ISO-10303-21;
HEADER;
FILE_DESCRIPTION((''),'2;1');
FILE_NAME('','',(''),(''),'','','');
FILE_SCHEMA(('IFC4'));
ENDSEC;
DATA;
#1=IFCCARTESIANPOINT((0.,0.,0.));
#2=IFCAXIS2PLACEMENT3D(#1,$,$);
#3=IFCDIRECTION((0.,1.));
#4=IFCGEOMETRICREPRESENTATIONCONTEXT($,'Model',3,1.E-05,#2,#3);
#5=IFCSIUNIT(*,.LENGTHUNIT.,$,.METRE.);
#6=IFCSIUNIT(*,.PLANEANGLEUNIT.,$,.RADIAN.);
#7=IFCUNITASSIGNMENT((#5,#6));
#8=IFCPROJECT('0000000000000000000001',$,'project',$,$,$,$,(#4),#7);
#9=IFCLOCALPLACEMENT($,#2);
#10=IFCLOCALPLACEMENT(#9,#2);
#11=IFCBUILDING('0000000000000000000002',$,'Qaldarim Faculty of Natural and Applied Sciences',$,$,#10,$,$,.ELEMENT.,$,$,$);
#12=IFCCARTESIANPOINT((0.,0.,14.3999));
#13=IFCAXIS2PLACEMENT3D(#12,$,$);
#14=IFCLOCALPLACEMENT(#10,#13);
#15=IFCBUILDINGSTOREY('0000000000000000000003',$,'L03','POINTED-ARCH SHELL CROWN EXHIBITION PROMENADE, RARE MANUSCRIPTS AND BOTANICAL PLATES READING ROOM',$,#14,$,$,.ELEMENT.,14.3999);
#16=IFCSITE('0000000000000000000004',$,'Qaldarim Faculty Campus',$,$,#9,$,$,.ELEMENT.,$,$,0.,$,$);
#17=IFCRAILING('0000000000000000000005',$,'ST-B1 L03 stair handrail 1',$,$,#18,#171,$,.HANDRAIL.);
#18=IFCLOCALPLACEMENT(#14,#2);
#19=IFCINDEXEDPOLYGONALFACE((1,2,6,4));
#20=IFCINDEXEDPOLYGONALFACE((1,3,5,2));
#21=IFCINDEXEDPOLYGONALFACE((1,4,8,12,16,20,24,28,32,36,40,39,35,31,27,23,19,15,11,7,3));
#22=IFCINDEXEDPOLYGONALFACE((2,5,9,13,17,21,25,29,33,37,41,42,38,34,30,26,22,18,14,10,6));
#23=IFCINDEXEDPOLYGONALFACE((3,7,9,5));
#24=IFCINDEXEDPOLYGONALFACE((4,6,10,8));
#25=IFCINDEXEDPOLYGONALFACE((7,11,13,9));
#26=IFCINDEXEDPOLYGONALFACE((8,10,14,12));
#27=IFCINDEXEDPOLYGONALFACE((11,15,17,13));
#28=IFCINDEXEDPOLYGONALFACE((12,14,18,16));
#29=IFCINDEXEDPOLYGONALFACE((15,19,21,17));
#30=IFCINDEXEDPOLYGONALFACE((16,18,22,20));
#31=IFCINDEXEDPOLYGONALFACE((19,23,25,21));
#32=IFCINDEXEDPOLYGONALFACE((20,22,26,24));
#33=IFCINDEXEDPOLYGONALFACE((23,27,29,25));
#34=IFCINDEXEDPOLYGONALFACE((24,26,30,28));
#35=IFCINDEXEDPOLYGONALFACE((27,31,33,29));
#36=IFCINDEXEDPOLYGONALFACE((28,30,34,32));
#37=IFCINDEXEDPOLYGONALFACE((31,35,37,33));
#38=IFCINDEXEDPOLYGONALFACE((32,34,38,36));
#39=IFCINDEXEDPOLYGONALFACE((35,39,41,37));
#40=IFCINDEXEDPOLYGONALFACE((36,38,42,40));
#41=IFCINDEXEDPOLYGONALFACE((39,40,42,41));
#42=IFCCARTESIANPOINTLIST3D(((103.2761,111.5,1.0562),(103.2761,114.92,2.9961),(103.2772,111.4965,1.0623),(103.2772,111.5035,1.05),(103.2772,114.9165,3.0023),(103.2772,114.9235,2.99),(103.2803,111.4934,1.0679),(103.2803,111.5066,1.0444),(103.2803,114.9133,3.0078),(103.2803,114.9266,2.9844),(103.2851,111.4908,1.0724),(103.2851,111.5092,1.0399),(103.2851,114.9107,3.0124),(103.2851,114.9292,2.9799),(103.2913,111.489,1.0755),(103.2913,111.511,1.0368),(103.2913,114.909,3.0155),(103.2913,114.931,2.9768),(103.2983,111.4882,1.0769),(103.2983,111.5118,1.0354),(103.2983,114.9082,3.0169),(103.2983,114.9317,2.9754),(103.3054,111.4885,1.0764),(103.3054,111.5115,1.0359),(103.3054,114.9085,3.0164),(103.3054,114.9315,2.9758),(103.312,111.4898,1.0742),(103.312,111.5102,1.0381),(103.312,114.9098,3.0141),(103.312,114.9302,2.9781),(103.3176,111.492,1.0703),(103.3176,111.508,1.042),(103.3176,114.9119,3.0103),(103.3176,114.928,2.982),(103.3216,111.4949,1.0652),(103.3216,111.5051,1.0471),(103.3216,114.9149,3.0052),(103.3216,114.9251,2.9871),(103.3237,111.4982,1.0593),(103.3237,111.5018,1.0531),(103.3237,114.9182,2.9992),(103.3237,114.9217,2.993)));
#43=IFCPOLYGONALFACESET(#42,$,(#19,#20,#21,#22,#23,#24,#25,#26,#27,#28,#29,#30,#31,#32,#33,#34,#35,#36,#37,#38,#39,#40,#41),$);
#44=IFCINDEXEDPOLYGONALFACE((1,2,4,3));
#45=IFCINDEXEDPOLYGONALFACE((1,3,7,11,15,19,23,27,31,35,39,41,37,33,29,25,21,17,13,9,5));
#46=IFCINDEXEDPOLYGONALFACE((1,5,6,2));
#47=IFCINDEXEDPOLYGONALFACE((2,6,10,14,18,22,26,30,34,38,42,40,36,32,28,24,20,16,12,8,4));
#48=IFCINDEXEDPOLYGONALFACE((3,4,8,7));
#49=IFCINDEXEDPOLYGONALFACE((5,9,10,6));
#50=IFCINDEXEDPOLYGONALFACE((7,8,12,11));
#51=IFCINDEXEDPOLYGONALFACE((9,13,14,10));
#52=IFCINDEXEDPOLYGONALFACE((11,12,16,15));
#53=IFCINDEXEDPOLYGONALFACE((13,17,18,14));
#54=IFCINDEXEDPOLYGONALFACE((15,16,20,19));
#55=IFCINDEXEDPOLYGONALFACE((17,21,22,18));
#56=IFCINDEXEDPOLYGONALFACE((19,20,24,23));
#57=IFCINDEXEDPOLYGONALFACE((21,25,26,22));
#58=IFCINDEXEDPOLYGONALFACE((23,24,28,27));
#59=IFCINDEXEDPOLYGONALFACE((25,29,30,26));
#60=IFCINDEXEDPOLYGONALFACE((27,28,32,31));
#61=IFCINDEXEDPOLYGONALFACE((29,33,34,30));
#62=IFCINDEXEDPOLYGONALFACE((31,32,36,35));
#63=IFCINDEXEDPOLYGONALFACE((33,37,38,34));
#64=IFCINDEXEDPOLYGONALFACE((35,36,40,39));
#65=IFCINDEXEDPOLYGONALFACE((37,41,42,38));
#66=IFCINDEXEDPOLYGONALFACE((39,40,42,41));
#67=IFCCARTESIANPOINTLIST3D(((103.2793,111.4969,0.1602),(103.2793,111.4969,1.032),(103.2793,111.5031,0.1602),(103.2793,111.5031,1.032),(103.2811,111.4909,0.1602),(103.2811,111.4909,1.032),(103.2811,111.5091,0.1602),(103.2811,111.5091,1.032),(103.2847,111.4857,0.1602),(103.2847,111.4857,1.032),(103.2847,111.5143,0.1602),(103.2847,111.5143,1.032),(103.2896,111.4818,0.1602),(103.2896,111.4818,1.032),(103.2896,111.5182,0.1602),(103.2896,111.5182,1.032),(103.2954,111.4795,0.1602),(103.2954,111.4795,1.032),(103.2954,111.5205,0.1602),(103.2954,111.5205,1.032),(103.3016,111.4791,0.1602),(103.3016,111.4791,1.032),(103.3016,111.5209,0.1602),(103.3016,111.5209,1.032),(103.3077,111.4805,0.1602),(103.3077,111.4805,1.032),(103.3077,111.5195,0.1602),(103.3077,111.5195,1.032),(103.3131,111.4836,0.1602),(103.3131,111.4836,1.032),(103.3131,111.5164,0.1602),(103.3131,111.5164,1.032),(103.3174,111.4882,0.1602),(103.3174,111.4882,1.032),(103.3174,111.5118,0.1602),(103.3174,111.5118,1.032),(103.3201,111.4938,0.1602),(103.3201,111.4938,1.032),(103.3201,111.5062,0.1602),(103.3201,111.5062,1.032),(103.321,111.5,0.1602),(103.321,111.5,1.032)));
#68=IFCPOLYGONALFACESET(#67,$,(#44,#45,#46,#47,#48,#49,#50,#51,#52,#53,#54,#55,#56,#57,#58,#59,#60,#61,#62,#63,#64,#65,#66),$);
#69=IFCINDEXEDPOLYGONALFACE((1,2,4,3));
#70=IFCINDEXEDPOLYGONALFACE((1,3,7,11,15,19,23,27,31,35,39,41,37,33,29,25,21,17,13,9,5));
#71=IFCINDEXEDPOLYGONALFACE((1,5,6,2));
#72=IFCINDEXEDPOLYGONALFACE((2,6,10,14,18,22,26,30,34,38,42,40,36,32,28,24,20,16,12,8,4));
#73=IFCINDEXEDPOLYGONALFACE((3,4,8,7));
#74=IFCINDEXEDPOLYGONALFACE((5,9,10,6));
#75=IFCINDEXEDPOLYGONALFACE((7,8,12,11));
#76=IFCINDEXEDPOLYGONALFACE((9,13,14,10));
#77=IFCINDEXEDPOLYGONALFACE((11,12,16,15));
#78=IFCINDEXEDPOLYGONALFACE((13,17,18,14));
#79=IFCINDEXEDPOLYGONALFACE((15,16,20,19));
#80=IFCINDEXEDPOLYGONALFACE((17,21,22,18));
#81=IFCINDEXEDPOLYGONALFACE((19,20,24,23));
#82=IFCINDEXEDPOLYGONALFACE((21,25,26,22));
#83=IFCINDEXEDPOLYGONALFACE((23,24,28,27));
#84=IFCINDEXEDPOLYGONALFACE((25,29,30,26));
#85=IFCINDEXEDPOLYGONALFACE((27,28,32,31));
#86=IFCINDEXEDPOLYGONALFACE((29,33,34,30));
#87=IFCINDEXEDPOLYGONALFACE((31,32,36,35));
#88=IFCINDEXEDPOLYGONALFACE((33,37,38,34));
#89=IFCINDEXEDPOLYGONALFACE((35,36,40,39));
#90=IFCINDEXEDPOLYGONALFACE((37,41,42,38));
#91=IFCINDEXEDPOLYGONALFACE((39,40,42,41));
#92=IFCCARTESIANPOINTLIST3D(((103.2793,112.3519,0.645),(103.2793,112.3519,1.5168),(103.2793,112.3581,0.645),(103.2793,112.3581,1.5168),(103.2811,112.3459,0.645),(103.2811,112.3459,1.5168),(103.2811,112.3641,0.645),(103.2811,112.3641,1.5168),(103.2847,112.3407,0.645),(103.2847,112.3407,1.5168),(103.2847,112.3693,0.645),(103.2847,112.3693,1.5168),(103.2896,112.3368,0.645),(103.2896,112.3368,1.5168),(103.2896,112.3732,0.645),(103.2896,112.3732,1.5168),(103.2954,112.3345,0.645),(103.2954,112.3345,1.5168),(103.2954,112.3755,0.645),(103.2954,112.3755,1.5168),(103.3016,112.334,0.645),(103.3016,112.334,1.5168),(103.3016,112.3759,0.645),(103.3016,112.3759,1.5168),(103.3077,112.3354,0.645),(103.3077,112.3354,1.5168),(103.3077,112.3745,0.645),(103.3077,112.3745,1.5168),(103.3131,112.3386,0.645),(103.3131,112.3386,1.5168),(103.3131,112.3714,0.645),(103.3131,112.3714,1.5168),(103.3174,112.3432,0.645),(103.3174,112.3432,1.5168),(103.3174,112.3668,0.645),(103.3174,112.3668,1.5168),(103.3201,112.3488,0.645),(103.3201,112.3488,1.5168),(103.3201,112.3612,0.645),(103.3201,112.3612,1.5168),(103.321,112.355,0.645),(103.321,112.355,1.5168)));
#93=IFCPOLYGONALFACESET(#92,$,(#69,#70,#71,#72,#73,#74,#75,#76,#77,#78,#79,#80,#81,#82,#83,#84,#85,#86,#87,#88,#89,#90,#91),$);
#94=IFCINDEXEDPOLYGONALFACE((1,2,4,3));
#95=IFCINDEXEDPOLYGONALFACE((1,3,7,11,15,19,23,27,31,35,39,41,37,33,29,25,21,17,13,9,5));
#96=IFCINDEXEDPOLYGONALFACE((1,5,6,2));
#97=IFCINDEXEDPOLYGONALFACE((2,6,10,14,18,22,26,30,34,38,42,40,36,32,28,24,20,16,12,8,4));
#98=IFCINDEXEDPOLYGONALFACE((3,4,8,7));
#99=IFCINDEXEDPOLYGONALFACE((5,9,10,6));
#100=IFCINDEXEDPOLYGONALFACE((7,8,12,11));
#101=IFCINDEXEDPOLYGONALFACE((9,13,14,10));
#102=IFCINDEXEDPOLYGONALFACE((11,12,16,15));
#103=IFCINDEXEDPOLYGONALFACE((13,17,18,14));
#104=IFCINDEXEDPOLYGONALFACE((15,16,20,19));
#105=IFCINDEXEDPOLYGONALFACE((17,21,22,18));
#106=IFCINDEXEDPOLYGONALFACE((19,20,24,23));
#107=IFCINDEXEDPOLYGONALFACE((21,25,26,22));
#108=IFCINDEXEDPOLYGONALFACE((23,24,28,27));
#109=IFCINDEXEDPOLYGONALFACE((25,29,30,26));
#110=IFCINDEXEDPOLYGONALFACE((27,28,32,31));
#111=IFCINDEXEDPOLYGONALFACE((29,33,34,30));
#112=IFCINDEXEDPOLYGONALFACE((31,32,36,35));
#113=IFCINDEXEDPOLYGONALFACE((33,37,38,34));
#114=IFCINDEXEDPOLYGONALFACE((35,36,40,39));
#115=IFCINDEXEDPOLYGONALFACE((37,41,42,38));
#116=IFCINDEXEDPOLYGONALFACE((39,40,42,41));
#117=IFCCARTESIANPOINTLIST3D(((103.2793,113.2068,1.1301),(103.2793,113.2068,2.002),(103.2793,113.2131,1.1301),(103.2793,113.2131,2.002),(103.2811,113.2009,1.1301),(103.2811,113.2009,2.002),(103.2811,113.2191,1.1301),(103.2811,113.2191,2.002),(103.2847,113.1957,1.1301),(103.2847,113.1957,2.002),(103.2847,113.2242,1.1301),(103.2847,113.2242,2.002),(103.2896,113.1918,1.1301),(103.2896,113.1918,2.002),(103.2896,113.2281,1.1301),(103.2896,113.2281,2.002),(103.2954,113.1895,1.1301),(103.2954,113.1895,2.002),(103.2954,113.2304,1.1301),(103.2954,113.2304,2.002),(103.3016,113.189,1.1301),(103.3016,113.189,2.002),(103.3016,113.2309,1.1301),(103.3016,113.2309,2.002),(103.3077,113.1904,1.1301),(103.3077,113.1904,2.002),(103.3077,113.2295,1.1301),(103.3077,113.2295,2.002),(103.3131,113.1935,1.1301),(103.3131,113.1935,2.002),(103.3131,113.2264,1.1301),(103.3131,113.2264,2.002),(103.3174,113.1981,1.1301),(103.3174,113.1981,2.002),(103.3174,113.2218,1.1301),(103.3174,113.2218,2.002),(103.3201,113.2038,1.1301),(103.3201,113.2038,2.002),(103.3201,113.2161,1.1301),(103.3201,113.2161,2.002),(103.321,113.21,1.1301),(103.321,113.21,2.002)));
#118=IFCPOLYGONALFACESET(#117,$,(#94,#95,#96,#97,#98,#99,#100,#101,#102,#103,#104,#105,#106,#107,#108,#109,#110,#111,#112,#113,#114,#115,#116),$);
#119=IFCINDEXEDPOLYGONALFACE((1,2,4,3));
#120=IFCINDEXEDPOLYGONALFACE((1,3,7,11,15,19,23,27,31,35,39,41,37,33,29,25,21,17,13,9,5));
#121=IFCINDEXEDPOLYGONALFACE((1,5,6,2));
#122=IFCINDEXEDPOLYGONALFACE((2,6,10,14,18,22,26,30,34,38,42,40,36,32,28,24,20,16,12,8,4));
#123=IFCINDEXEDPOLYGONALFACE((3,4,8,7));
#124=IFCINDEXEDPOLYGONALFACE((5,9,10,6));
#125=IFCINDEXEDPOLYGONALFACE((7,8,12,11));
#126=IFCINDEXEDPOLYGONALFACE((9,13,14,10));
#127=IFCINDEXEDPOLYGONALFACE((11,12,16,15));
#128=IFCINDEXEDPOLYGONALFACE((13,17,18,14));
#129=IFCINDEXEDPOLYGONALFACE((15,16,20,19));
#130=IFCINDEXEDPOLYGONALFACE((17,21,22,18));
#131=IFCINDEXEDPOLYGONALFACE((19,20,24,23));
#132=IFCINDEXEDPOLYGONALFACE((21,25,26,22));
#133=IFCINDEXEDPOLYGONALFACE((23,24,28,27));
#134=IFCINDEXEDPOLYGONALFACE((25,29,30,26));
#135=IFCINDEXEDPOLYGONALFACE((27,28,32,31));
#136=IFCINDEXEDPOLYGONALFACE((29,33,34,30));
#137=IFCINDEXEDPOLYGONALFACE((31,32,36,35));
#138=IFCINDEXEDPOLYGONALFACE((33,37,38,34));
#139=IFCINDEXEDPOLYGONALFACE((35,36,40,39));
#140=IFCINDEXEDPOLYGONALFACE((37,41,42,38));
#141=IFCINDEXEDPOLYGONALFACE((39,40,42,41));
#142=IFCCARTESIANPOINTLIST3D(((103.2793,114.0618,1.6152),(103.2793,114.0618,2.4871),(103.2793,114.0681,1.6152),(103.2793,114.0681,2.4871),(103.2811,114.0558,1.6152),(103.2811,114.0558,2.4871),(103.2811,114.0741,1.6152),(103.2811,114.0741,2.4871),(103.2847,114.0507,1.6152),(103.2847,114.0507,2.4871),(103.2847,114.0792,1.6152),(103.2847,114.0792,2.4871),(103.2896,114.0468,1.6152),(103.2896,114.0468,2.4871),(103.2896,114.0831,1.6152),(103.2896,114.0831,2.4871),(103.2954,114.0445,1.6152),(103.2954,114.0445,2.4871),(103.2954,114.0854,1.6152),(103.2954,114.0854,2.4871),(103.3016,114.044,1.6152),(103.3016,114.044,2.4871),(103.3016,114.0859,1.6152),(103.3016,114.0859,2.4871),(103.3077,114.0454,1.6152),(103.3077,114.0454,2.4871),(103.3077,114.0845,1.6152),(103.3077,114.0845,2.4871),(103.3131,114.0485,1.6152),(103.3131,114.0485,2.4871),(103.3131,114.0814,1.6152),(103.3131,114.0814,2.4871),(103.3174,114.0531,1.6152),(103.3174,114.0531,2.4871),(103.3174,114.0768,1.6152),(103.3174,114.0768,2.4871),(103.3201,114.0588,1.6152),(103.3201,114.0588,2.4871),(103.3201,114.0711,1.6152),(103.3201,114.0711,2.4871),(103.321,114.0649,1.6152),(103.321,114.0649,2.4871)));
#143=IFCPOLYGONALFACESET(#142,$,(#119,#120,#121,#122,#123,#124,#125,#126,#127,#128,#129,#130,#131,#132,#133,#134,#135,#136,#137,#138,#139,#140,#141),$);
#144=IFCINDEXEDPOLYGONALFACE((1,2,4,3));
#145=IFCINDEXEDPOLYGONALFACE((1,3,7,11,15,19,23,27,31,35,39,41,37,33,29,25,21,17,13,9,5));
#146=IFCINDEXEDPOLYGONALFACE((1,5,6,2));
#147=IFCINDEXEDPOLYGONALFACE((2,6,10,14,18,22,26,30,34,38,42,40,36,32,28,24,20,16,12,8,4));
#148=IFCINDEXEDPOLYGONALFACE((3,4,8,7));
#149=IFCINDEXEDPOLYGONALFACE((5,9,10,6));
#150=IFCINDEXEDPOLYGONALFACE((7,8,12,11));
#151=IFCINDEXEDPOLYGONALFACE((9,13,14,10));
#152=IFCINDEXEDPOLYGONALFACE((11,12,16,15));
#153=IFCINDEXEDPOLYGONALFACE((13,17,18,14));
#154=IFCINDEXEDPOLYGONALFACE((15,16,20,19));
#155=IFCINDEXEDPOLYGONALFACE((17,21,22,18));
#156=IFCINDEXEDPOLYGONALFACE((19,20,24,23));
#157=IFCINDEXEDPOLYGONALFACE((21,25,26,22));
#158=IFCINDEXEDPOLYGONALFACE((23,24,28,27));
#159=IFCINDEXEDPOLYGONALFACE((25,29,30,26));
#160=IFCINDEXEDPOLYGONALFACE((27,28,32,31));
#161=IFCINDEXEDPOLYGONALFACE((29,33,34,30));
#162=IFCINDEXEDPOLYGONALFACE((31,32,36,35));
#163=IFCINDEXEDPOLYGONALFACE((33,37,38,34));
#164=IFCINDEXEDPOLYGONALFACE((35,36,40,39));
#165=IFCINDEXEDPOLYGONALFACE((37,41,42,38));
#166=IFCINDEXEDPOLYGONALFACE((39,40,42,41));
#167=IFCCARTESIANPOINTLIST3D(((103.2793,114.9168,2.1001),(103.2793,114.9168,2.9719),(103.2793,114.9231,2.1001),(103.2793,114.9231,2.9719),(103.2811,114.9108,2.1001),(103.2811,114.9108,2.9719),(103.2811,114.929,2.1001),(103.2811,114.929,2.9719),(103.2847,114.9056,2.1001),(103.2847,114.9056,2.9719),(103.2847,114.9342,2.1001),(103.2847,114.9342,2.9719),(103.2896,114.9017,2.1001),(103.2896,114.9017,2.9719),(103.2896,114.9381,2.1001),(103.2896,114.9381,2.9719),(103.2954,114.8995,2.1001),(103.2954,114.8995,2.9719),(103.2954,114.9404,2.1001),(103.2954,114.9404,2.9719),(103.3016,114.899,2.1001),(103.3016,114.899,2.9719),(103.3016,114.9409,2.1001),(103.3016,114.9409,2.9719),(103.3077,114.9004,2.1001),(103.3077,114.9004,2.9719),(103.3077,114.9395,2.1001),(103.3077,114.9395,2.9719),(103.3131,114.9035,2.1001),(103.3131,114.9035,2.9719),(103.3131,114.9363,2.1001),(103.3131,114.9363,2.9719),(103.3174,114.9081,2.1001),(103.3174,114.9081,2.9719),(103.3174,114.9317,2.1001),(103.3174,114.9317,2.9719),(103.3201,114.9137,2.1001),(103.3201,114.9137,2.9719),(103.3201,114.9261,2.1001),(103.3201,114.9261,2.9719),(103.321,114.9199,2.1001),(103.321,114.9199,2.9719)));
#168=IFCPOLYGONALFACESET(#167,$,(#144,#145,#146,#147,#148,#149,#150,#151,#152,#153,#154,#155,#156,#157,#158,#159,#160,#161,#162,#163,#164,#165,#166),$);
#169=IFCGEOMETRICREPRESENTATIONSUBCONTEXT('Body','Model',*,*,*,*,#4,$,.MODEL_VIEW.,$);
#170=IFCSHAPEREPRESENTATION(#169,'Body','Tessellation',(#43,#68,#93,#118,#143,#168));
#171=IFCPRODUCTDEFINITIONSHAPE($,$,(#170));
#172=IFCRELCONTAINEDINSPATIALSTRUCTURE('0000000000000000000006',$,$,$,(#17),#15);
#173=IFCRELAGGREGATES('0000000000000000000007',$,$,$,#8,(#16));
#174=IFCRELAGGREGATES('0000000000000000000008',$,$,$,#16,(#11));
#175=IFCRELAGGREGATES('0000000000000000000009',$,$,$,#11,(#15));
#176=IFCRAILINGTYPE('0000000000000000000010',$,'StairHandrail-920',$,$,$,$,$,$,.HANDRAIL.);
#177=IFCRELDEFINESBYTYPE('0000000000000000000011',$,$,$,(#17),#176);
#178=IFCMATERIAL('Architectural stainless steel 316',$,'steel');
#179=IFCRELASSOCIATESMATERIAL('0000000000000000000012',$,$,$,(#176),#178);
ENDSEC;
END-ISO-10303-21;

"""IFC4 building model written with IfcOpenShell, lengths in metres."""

from ifc_helpers import new_model, si_unit, direction, frame, origin, origin_2d, place, context, subcontext, project, spatial, circle, extrude, material, type_object, element, save


model = new_model("IFC4")

# Units and contexts
model_context = context("Model", 3, precision=1e-05, world=origin(), true_north=direction((0.0, 1.0)))
body_context = subcontext(model_context, "Body", "Model", "MODEL_VIEW")
ifc_project = project(units=[si_unit("LENGTHUNIT", "METRE"), si_unit("PLANEANGLEUNIT", "RADIAN")], contexts=[model_context])

# Site, building, storey
site_placement = place(None, origin())
site = spatial("IfcSite", under=ifc_project, at=site_placement, Name="Qaldarim Faculty Campus", CompositionType="ELEMENT", RefElevation=0.0)
building_placement = place(site_placement, origin())
building = spatial("IfcBuilding", under=site, at=building_placement, Name="Qaldarim Faculty of Natural and Applied Sciences", CompositionType="ELEMENT")
storey_placement = place(building_placement, frame((0.0, 0.0, 14.3999)))
storey = spatial("IfcBuildingStorey", under=building, at=storey_placement, Name="L03", Description="POINTED-ARCH SHELL CROWN EXHIBITION PROMENADE, RARE MANUSCRIPTS AND BOTANICAL PLATES READING ROOM", CompositionType="ELEMENT", Elevation=14.3999)

# Shared definitions
ifc_material_1 = material(Name="Architectural stainless steel 316", Category="steel")

# Railing
railing_type_1 = type_object("IfcRailingType", Name="StairHandrail-920", PredefinedType="HANDRAIL", material=ifc_material_1)
railing_1_placement = place(storey_placement, frame((103.3, 111.5, 0.1602)))
element("IfcRailing", 1, at=railing_1_placement, inside=storey, type_object=railing_type_1, Name="ST-B1 L03 stair handrail 1", PredefinedType="HANDRAIL", context=body_context, shape_type="SweptSolid", body=[
    extrude(circle(Radius=0.0239, at=origin_2d()), frame((0.0, 0.0, 0.896), z_axis=(0.0, 0.869805, 0.493395), x_axis=(-1.0, 0.0, 0.0)), (0.0, 0.0, 1.0), 3.9319),
    extrude(circle(Radius=0.021, at=origin_2d()), origin(), (0.0, 0.0, 1.0), 0.8718),
    extrude(circle(Radius=0.021, at=origin_2d()), frame((0.0, 0.855, 0.4849)), (0.0, 0.0, 1.0), 0.8718),
    extrude(circle(Radius=0.021, at=origin_2d()), frame((0.0, 1.71, 0.97)), (0.0, 0.0, 1.0), 0.8718),
    extrude(circle(Radius=0.021, at=origin_2d()), frame((0.0, 2.5649, 1.4551)), (0.0, 0.0, 1.0), 0.8718),
    extrude(circle(Radius=0.021, at=origin_2d()), frame((0.0, 3.4199, 1.9399)), (0.0, 0.0, 1.0), 0.8718),
])

save(model, "model.ifc")
